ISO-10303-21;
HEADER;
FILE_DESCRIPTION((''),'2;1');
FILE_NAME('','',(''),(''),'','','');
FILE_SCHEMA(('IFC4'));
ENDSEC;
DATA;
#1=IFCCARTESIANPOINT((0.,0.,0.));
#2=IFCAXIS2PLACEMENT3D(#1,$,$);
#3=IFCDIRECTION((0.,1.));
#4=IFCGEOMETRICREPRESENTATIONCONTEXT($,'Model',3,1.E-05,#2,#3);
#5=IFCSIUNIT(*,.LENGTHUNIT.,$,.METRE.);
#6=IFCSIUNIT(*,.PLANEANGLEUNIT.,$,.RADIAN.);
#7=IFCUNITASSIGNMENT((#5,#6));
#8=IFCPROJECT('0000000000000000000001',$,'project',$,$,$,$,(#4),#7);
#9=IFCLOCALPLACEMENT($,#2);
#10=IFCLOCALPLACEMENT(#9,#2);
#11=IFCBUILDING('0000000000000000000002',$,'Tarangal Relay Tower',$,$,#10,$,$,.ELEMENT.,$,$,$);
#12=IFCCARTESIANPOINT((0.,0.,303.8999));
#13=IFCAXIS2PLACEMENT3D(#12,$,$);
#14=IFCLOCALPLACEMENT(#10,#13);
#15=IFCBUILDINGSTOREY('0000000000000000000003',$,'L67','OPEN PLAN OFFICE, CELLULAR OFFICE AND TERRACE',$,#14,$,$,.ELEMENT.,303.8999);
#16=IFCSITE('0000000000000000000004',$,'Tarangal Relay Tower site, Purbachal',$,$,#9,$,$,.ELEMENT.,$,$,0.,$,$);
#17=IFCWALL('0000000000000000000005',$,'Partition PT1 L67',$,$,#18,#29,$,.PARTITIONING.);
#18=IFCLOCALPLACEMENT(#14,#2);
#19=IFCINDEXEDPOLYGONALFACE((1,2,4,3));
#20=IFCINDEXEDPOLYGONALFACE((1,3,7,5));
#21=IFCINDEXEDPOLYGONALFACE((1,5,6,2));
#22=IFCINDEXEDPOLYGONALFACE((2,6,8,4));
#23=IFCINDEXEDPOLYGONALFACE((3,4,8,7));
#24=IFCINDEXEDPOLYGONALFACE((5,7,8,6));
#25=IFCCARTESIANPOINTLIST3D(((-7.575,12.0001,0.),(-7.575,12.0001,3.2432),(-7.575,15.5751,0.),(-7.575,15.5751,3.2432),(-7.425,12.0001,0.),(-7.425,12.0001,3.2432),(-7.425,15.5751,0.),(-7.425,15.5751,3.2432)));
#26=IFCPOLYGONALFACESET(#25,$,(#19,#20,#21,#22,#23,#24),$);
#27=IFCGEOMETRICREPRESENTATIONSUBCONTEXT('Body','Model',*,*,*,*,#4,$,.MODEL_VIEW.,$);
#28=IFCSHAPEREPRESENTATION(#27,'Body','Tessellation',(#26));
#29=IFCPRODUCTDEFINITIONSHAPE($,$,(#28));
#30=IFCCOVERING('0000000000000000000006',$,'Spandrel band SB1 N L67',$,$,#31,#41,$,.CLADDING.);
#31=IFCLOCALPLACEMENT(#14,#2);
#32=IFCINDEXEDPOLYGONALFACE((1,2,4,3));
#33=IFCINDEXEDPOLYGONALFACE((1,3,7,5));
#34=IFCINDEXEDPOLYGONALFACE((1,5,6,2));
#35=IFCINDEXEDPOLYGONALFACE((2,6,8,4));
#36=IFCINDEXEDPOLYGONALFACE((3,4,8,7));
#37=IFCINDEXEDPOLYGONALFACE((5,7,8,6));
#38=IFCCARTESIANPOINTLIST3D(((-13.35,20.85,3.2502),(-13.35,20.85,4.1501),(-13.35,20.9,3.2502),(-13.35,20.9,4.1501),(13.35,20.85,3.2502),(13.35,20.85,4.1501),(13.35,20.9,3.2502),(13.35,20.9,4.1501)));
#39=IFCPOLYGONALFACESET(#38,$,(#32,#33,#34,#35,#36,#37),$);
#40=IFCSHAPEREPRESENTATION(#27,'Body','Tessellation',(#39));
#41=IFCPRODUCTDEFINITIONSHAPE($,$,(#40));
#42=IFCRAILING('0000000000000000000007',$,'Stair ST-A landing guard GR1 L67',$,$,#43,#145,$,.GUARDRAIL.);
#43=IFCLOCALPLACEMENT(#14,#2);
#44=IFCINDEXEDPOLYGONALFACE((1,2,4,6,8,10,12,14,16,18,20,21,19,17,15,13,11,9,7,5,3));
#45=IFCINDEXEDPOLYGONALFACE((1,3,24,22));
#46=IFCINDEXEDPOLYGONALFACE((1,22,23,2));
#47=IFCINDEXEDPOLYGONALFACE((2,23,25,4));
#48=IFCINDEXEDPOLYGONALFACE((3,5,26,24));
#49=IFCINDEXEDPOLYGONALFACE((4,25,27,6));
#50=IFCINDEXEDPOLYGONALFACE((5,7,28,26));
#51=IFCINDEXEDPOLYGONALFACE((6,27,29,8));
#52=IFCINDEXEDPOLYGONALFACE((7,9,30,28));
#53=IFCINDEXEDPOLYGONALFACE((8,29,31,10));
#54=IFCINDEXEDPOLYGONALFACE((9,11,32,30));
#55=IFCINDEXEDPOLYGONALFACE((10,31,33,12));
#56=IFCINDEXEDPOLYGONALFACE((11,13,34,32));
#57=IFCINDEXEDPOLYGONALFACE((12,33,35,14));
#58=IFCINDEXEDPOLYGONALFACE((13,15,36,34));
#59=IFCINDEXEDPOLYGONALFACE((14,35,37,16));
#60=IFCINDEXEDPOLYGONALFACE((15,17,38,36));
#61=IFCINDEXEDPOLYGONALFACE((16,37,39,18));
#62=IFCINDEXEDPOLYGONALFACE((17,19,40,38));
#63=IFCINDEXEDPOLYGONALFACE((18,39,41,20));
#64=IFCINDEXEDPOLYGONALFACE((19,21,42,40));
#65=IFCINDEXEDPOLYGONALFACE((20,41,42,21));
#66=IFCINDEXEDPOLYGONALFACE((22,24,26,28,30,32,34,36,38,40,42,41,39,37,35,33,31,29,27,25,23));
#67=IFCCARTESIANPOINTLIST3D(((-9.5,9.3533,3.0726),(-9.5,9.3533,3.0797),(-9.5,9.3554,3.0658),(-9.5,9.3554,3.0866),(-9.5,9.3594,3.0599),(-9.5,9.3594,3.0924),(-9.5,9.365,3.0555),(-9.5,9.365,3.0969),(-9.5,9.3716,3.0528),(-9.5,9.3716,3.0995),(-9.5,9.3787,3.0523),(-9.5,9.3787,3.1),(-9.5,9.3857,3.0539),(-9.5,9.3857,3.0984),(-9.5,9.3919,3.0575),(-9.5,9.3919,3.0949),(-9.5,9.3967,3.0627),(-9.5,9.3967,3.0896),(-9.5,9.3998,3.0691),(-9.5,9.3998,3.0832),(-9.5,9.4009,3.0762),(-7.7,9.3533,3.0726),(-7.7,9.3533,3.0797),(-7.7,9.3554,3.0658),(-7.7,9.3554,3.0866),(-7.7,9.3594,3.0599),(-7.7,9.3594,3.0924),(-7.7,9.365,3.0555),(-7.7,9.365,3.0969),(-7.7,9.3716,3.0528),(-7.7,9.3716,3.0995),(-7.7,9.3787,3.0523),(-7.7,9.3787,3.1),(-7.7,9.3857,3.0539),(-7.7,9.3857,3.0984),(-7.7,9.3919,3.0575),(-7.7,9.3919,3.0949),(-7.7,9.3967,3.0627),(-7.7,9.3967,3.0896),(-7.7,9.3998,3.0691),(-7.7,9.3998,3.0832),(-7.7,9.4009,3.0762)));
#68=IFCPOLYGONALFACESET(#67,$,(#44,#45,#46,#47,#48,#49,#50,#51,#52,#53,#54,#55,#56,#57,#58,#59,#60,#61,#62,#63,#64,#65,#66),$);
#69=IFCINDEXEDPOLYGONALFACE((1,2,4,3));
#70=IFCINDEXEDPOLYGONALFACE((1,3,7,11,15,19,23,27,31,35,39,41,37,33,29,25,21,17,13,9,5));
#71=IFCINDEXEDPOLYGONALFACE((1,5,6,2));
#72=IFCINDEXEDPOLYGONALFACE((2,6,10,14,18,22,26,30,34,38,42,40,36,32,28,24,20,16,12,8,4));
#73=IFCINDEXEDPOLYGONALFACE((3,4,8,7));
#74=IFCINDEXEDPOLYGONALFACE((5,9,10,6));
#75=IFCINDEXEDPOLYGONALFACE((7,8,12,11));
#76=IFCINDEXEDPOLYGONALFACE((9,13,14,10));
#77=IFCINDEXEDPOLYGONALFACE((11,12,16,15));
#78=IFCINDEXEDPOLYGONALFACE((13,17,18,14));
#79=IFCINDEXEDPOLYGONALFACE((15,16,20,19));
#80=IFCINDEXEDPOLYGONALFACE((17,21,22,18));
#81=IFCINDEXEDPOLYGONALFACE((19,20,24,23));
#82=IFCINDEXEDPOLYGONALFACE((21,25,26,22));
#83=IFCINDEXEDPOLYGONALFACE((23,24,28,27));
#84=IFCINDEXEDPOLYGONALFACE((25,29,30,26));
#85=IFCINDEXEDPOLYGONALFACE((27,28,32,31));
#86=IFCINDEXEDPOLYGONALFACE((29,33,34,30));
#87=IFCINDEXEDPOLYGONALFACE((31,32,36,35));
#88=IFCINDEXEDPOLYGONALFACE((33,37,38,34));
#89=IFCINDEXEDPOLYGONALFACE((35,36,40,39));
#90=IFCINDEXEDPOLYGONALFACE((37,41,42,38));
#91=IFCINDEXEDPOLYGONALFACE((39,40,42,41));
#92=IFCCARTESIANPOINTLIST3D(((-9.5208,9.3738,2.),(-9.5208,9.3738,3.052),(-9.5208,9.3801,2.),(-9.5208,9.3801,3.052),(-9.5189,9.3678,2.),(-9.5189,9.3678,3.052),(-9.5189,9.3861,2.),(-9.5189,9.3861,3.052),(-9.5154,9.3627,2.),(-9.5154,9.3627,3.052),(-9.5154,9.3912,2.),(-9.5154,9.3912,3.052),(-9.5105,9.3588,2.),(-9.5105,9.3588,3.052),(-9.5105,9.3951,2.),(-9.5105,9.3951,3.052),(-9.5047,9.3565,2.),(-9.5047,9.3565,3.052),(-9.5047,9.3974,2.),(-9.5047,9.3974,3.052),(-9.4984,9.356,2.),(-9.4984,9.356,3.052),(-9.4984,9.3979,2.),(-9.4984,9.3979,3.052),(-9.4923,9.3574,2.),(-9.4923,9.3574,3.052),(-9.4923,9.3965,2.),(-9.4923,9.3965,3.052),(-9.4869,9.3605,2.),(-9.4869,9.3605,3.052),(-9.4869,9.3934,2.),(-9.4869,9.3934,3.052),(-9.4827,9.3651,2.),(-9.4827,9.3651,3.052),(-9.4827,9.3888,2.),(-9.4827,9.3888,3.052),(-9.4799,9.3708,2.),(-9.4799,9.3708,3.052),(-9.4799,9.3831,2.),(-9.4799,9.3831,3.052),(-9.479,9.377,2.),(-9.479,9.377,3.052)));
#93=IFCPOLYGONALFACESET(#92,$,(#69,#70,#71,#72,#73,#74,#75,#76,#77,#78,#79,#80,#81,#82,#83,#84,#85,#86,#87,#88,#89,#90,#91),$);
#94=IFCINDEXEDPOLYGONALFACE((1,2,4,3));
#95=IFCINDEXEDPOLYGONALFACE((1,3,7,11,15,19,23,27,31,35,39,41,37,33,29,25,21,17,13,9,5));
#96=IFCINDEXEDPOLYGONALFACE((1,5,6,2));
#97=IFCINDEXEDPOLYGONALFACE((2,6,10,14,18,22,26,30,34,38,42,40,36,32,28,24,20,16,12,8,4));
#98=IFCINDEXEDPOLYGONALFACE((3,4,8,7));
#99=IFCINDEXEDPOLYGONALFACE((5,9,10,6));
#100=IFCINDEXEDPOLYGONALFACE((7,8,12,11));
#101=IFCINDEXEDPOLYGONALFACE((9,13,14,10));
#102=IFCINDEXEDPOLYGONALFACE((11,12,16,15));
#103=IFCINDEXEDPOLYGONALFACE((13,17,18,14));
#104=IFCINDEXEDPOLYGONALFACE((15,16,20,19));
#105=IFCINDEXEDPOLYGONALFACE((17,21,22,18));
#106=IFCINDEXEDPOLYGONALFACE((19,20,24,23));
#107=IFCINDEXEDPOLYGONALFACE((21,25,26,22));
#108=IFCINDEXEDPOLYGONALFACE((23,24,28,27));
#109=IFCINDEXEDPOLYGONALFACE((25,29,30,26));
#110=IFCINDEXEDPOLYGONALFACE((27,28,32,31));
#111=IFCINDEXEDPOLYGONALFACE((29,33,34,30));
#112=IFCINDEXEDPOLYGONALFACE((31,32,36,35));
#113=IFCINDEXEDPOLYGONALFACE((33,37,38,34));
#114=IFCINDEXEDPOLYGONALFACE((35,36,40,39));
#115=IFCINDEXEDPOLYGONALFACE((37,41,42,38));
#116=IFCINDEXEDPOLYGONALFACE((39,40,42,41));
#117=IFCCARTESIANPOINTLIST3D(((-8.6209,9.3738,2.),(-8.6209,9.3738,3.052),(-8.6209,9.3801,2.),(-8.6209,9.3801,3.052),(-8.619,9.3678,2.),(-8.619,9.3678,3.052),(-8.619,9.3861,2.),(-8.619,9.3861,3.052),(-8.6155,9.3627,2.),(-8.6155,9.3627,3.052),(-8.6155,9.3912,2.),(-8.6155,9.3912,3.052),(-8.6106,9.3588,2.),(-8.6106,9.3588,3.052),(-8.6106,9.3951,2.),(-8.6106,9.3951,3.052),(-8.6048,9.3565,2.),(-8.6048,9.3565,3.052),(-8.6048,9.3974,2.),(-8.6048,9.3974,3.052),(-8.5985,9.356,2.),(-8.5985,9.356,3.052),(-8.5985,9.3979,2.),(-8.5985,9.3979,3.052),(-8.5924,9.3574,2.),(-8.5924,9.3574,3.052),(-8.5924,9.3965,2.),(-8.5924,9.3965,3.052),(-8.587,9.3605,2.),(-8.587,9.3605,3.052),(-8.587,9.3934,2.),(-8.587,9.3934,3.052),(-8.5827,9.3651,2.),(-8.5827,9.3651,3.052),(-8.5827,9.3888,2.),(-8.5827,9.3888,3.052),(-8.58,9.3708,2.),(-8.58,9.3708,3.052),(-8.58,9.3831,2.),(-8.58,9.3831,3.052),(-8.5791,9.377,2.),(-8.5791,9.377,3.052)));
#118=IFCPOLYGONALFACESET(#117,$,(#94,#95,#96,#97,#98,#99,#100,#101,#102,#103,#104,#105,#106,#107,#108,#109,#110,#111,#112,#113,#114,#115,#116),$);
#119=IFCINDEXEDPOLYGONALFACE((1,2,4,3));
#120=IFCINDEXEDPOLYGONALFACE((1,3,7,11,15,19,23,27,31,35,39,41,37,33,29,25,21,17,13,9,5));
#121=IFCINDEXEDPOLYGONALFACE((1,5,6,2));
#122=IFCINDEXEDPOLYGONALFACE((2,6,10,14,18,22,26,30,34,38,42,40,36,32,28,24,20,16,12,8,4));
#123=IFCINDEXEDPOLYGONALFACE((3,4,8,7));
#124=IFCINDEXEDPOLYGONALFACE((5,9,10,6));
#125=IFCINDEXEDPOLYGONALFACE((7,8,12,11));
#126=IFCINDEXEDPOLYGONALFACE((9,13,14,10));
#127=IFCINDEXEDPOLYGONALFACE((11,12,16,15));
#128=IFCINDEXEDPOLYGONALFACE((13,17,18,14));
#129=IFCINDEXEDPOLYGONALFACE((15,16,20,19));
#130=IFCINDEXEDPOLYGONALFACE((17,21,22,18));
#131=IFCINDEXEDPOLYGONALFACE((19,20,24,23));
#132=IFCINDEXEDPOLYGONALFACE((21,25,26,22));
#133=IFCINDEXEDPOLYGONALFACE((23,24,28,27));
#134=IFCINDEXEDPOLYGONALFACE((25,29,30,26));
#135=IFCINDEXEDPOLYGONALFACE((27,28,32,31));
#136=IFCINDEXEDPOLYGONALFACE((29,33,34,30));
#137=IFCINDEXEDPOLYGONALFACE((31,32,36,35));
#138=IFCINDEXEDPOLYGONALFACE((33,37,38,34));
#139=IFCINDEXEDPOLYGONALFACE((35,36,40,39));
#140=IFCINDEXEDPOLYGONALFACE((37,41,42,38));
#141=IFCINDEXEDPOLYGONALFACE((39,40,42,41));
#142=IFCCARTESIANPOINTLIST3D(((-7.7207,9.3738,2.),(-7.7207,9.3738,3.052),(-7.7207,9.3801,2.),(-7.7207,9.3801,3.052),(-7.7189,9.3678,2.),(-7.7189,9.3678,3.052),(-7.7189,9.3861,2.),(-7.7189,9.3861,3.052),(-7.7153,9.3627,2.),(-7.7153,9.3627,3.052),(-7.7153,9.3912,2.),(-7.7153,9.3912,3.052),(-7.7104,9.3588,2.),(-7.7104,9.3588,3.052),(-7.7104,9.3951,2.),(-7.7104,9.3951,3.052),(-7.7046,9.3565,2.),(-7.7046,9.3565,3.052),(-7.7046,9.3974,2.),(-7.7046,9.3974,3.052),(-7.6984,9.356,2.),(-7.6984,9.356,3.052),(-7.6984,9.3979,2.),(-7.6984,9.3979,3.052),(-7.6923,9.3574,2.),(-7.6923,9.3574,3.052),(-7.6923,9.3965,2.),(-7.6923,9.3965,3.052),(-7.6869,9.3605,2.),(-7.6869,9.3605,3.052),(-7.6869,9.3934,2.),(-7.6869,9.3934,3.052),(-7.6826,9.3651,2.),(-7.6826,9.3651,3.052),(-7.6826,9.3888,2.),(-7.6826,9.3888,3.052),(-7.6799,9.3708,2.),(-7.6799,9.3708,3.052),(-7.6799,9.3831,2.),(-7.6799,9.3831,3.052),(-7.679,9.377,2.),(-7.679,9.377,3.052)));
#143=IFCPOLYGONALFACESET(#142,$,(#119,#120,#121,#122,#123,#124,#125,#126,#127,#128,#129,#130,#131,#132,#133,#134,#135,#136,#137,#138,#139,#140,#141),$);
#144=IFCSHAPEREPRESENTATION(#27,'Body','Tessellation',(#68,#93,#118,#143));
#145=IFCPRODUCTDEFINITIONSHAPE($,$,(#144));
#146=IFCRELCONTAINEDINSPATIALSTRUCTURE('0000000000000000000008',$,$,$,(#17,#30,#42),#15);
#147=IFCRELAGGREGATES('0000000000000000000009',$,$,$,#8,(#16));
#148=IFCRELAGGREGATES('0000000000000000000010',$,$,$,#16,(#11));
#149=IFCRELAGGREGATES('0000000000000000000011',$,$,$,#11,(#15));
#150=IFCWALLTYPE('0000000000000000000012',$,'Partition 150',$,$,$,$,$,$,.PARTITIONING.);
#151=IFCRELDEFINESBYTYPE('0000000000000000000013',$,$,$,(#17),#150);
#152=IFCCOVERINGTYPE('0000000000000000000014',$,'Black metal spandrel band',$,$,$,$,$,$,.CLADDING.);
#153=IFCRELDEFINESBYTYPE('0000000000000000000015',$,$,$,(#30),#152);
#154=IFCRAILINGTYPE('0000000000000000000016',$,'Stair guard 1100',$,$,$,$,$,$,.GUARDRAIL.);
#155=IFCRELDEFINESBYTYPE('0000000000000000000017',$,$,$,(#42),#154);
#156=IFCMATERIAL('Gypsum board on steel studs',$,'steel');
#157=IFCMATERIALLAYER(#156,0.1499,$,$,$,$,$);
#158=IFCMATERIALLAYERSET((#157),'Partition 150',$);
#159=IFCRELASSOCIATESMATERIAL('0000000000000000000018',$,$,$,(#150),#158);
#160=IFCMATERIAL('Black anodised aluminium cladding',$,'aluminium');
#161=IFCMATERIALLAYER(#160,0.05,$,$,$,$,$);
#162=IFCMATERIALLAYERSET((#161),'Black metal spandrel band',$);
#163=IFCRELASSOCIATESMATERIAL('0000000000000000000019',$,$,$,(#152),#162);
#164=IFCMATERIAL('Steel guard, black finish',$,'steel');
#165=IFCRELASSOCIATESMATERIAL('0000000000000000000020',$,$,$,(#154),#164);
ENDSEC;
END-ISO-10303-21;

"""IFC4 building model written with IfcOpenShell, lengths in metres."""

from ifc_helpers import new_model, si_unit, direction, frame, frame_2d, origin, origin_2d, place, context, subcontext, project, spatial, rectangle, circle, extrude, material, layer, layer_set, type_object, element, save


model = new_model("IFC4")

# Units and contexts
model_context = context("Model", 3, precision=1e-05, world=origin(), true_north=direction((0.0, 1.0)))
body_context = subcontext(model_context, "Body", "Model", "MODEL_VIEW")
ifc_project = project(units=[si_unit("LENGTHUNIT", "METRE"), si_unit("PLANEANGLEUNIT", "RADIAN")], contexts=[model_context])

# Site, building, storey
site_placement = place(None, origin())
site = spatial("IfcSite", under=ifc_project, at=site_placement, Name="Tarangal Relay Tower site, Purbachal", CompositionType="ELEMENT", RefElevation=0.0)
building_placement = place(site_placement, origin())
building = spatial("IfcBuilding", under=site, at=building_placement, Name="Tarangal Relay Tower", CompositionType="ELEMENT")
storey_placement = place(building_placement, frame((0.0, 0.0, 303.8999)))
storey = spatial("IfcBuildingStorey", under=building, at=storey_placement, Name="L67", Description="OPEN PLAN OFFICE, CELLULAR OFFICE AND TERRACE", CompositionType="ELEMENT", Elevation=303.8999)

# Wall
ifc_material_1 = material(Name="Gypsum board on steel studs", Category="steel")
ifc_layer_1 = layer(ifc_material_1, 0.1499)
ifc_layer_set_1 = layer_set([ifc_layer_1], Name="Partition 150")
wall_type_1 = type_object("IfcWallType", Name="Partition 150", PredefinedType="PARTITIONING", material=ifc_layer_set_1)
wall_1_placement = place(storey_placement, frame((-7.5, 12.0, 0.0), z_axis=(0.0, 0.0, 1.0), x_axis=(0.0, 1.0, 0.0)))
element("IfcWall", 1, at=wall_1_placement, inside=storey, type_object=wall_type_1, Name="Partition PT1 L67", PredefinedType="PARTITIONING", context=body_context, shape_type="SweptSolid", body=[
    extrude(rectangle(XDim=3.575, YDim=0.1499, at=frame_2d((1.7876, 0.0))), origin(), (0.0, 0.0, 1.0), 3.2432),
])

# Covering
ifc_material_2 = material(Name="Black anodised aluminium cladding", Category="aluminium")
ifc_layer_2 = layer(ifc_material_2, 0.05)
ifc_layer_set_2 = layer_set([ifc_layer_2], Name="Black metal spandrel band")
covering_type = type_object("IfcCoveringType", Name="Black metal spandrel band", PredefinedType="CLADDING", material=ifc_layer_set_2)
covering_placement = place(storey_placement, frame((0.0, 20.875, 3.2502), z_axis=(0.0, 0.0, 1.0), x_axis=(1.0, 0.0, 0.0)))
element("IfcCovering", 2, at=covering_placement, inside=storey, type_object=covering_type, Name="Spandrel band SB1 N L67", PredefinedType="CLADDING", context=body_context, shape_type="SweptSolid", body=[
    extrude(rectangle(XDim=26.7, YDim=0.05, at=origin_2d()), origin(), (0.0, 0.0, 1.0), 0.8999),
])

# Railing
ifc_material_3 = material(Name="Steel guard, black finish", Category="steel")
railing_type = type_object("IfcRailingType", Name="Stair guard 1100", PredefinedType="GUARDRAIL", material=ifc_material_3)
railing_placement = place(storey_placement, frame((-9.5, 9.377, 2.0)))
element("IfcRailing", 3, at=railing_placement, inside=storey, type_object=railing_type, Name="Stair ST-A landing guard GR1 L67", PredefinedType="GUARDRAIL", context=body_context, shape_type="SweptSolid", body=[
    extrude(circle(Radius=0.0239, at=origin_2d()), frame((0.0, 0.0, 1.0762), z_axis=(1.0, 0.0, 0.0), x_axis=(0.0, 1.0, 0.0)), (0.0, 0.0, 1.0), 1.8),
    extrude(circle(Radius=0.021, at=origin_2d()), origin(), (0.0, 0.0, 1.0), 1.052),
    extrude(circle(Radius=0.021, at=origin_2d()), frame((0.8999, 0.0, 0.0)), (0.0, 0.0, 1.0), 1.052),
    extrude(circle(Radius=0.021, at=origin_2d()), frame((1.8, 0.0, 0.0)), (0.0, 0.0, 1.0), 1.052),
])

save(model, "model.ifc")
